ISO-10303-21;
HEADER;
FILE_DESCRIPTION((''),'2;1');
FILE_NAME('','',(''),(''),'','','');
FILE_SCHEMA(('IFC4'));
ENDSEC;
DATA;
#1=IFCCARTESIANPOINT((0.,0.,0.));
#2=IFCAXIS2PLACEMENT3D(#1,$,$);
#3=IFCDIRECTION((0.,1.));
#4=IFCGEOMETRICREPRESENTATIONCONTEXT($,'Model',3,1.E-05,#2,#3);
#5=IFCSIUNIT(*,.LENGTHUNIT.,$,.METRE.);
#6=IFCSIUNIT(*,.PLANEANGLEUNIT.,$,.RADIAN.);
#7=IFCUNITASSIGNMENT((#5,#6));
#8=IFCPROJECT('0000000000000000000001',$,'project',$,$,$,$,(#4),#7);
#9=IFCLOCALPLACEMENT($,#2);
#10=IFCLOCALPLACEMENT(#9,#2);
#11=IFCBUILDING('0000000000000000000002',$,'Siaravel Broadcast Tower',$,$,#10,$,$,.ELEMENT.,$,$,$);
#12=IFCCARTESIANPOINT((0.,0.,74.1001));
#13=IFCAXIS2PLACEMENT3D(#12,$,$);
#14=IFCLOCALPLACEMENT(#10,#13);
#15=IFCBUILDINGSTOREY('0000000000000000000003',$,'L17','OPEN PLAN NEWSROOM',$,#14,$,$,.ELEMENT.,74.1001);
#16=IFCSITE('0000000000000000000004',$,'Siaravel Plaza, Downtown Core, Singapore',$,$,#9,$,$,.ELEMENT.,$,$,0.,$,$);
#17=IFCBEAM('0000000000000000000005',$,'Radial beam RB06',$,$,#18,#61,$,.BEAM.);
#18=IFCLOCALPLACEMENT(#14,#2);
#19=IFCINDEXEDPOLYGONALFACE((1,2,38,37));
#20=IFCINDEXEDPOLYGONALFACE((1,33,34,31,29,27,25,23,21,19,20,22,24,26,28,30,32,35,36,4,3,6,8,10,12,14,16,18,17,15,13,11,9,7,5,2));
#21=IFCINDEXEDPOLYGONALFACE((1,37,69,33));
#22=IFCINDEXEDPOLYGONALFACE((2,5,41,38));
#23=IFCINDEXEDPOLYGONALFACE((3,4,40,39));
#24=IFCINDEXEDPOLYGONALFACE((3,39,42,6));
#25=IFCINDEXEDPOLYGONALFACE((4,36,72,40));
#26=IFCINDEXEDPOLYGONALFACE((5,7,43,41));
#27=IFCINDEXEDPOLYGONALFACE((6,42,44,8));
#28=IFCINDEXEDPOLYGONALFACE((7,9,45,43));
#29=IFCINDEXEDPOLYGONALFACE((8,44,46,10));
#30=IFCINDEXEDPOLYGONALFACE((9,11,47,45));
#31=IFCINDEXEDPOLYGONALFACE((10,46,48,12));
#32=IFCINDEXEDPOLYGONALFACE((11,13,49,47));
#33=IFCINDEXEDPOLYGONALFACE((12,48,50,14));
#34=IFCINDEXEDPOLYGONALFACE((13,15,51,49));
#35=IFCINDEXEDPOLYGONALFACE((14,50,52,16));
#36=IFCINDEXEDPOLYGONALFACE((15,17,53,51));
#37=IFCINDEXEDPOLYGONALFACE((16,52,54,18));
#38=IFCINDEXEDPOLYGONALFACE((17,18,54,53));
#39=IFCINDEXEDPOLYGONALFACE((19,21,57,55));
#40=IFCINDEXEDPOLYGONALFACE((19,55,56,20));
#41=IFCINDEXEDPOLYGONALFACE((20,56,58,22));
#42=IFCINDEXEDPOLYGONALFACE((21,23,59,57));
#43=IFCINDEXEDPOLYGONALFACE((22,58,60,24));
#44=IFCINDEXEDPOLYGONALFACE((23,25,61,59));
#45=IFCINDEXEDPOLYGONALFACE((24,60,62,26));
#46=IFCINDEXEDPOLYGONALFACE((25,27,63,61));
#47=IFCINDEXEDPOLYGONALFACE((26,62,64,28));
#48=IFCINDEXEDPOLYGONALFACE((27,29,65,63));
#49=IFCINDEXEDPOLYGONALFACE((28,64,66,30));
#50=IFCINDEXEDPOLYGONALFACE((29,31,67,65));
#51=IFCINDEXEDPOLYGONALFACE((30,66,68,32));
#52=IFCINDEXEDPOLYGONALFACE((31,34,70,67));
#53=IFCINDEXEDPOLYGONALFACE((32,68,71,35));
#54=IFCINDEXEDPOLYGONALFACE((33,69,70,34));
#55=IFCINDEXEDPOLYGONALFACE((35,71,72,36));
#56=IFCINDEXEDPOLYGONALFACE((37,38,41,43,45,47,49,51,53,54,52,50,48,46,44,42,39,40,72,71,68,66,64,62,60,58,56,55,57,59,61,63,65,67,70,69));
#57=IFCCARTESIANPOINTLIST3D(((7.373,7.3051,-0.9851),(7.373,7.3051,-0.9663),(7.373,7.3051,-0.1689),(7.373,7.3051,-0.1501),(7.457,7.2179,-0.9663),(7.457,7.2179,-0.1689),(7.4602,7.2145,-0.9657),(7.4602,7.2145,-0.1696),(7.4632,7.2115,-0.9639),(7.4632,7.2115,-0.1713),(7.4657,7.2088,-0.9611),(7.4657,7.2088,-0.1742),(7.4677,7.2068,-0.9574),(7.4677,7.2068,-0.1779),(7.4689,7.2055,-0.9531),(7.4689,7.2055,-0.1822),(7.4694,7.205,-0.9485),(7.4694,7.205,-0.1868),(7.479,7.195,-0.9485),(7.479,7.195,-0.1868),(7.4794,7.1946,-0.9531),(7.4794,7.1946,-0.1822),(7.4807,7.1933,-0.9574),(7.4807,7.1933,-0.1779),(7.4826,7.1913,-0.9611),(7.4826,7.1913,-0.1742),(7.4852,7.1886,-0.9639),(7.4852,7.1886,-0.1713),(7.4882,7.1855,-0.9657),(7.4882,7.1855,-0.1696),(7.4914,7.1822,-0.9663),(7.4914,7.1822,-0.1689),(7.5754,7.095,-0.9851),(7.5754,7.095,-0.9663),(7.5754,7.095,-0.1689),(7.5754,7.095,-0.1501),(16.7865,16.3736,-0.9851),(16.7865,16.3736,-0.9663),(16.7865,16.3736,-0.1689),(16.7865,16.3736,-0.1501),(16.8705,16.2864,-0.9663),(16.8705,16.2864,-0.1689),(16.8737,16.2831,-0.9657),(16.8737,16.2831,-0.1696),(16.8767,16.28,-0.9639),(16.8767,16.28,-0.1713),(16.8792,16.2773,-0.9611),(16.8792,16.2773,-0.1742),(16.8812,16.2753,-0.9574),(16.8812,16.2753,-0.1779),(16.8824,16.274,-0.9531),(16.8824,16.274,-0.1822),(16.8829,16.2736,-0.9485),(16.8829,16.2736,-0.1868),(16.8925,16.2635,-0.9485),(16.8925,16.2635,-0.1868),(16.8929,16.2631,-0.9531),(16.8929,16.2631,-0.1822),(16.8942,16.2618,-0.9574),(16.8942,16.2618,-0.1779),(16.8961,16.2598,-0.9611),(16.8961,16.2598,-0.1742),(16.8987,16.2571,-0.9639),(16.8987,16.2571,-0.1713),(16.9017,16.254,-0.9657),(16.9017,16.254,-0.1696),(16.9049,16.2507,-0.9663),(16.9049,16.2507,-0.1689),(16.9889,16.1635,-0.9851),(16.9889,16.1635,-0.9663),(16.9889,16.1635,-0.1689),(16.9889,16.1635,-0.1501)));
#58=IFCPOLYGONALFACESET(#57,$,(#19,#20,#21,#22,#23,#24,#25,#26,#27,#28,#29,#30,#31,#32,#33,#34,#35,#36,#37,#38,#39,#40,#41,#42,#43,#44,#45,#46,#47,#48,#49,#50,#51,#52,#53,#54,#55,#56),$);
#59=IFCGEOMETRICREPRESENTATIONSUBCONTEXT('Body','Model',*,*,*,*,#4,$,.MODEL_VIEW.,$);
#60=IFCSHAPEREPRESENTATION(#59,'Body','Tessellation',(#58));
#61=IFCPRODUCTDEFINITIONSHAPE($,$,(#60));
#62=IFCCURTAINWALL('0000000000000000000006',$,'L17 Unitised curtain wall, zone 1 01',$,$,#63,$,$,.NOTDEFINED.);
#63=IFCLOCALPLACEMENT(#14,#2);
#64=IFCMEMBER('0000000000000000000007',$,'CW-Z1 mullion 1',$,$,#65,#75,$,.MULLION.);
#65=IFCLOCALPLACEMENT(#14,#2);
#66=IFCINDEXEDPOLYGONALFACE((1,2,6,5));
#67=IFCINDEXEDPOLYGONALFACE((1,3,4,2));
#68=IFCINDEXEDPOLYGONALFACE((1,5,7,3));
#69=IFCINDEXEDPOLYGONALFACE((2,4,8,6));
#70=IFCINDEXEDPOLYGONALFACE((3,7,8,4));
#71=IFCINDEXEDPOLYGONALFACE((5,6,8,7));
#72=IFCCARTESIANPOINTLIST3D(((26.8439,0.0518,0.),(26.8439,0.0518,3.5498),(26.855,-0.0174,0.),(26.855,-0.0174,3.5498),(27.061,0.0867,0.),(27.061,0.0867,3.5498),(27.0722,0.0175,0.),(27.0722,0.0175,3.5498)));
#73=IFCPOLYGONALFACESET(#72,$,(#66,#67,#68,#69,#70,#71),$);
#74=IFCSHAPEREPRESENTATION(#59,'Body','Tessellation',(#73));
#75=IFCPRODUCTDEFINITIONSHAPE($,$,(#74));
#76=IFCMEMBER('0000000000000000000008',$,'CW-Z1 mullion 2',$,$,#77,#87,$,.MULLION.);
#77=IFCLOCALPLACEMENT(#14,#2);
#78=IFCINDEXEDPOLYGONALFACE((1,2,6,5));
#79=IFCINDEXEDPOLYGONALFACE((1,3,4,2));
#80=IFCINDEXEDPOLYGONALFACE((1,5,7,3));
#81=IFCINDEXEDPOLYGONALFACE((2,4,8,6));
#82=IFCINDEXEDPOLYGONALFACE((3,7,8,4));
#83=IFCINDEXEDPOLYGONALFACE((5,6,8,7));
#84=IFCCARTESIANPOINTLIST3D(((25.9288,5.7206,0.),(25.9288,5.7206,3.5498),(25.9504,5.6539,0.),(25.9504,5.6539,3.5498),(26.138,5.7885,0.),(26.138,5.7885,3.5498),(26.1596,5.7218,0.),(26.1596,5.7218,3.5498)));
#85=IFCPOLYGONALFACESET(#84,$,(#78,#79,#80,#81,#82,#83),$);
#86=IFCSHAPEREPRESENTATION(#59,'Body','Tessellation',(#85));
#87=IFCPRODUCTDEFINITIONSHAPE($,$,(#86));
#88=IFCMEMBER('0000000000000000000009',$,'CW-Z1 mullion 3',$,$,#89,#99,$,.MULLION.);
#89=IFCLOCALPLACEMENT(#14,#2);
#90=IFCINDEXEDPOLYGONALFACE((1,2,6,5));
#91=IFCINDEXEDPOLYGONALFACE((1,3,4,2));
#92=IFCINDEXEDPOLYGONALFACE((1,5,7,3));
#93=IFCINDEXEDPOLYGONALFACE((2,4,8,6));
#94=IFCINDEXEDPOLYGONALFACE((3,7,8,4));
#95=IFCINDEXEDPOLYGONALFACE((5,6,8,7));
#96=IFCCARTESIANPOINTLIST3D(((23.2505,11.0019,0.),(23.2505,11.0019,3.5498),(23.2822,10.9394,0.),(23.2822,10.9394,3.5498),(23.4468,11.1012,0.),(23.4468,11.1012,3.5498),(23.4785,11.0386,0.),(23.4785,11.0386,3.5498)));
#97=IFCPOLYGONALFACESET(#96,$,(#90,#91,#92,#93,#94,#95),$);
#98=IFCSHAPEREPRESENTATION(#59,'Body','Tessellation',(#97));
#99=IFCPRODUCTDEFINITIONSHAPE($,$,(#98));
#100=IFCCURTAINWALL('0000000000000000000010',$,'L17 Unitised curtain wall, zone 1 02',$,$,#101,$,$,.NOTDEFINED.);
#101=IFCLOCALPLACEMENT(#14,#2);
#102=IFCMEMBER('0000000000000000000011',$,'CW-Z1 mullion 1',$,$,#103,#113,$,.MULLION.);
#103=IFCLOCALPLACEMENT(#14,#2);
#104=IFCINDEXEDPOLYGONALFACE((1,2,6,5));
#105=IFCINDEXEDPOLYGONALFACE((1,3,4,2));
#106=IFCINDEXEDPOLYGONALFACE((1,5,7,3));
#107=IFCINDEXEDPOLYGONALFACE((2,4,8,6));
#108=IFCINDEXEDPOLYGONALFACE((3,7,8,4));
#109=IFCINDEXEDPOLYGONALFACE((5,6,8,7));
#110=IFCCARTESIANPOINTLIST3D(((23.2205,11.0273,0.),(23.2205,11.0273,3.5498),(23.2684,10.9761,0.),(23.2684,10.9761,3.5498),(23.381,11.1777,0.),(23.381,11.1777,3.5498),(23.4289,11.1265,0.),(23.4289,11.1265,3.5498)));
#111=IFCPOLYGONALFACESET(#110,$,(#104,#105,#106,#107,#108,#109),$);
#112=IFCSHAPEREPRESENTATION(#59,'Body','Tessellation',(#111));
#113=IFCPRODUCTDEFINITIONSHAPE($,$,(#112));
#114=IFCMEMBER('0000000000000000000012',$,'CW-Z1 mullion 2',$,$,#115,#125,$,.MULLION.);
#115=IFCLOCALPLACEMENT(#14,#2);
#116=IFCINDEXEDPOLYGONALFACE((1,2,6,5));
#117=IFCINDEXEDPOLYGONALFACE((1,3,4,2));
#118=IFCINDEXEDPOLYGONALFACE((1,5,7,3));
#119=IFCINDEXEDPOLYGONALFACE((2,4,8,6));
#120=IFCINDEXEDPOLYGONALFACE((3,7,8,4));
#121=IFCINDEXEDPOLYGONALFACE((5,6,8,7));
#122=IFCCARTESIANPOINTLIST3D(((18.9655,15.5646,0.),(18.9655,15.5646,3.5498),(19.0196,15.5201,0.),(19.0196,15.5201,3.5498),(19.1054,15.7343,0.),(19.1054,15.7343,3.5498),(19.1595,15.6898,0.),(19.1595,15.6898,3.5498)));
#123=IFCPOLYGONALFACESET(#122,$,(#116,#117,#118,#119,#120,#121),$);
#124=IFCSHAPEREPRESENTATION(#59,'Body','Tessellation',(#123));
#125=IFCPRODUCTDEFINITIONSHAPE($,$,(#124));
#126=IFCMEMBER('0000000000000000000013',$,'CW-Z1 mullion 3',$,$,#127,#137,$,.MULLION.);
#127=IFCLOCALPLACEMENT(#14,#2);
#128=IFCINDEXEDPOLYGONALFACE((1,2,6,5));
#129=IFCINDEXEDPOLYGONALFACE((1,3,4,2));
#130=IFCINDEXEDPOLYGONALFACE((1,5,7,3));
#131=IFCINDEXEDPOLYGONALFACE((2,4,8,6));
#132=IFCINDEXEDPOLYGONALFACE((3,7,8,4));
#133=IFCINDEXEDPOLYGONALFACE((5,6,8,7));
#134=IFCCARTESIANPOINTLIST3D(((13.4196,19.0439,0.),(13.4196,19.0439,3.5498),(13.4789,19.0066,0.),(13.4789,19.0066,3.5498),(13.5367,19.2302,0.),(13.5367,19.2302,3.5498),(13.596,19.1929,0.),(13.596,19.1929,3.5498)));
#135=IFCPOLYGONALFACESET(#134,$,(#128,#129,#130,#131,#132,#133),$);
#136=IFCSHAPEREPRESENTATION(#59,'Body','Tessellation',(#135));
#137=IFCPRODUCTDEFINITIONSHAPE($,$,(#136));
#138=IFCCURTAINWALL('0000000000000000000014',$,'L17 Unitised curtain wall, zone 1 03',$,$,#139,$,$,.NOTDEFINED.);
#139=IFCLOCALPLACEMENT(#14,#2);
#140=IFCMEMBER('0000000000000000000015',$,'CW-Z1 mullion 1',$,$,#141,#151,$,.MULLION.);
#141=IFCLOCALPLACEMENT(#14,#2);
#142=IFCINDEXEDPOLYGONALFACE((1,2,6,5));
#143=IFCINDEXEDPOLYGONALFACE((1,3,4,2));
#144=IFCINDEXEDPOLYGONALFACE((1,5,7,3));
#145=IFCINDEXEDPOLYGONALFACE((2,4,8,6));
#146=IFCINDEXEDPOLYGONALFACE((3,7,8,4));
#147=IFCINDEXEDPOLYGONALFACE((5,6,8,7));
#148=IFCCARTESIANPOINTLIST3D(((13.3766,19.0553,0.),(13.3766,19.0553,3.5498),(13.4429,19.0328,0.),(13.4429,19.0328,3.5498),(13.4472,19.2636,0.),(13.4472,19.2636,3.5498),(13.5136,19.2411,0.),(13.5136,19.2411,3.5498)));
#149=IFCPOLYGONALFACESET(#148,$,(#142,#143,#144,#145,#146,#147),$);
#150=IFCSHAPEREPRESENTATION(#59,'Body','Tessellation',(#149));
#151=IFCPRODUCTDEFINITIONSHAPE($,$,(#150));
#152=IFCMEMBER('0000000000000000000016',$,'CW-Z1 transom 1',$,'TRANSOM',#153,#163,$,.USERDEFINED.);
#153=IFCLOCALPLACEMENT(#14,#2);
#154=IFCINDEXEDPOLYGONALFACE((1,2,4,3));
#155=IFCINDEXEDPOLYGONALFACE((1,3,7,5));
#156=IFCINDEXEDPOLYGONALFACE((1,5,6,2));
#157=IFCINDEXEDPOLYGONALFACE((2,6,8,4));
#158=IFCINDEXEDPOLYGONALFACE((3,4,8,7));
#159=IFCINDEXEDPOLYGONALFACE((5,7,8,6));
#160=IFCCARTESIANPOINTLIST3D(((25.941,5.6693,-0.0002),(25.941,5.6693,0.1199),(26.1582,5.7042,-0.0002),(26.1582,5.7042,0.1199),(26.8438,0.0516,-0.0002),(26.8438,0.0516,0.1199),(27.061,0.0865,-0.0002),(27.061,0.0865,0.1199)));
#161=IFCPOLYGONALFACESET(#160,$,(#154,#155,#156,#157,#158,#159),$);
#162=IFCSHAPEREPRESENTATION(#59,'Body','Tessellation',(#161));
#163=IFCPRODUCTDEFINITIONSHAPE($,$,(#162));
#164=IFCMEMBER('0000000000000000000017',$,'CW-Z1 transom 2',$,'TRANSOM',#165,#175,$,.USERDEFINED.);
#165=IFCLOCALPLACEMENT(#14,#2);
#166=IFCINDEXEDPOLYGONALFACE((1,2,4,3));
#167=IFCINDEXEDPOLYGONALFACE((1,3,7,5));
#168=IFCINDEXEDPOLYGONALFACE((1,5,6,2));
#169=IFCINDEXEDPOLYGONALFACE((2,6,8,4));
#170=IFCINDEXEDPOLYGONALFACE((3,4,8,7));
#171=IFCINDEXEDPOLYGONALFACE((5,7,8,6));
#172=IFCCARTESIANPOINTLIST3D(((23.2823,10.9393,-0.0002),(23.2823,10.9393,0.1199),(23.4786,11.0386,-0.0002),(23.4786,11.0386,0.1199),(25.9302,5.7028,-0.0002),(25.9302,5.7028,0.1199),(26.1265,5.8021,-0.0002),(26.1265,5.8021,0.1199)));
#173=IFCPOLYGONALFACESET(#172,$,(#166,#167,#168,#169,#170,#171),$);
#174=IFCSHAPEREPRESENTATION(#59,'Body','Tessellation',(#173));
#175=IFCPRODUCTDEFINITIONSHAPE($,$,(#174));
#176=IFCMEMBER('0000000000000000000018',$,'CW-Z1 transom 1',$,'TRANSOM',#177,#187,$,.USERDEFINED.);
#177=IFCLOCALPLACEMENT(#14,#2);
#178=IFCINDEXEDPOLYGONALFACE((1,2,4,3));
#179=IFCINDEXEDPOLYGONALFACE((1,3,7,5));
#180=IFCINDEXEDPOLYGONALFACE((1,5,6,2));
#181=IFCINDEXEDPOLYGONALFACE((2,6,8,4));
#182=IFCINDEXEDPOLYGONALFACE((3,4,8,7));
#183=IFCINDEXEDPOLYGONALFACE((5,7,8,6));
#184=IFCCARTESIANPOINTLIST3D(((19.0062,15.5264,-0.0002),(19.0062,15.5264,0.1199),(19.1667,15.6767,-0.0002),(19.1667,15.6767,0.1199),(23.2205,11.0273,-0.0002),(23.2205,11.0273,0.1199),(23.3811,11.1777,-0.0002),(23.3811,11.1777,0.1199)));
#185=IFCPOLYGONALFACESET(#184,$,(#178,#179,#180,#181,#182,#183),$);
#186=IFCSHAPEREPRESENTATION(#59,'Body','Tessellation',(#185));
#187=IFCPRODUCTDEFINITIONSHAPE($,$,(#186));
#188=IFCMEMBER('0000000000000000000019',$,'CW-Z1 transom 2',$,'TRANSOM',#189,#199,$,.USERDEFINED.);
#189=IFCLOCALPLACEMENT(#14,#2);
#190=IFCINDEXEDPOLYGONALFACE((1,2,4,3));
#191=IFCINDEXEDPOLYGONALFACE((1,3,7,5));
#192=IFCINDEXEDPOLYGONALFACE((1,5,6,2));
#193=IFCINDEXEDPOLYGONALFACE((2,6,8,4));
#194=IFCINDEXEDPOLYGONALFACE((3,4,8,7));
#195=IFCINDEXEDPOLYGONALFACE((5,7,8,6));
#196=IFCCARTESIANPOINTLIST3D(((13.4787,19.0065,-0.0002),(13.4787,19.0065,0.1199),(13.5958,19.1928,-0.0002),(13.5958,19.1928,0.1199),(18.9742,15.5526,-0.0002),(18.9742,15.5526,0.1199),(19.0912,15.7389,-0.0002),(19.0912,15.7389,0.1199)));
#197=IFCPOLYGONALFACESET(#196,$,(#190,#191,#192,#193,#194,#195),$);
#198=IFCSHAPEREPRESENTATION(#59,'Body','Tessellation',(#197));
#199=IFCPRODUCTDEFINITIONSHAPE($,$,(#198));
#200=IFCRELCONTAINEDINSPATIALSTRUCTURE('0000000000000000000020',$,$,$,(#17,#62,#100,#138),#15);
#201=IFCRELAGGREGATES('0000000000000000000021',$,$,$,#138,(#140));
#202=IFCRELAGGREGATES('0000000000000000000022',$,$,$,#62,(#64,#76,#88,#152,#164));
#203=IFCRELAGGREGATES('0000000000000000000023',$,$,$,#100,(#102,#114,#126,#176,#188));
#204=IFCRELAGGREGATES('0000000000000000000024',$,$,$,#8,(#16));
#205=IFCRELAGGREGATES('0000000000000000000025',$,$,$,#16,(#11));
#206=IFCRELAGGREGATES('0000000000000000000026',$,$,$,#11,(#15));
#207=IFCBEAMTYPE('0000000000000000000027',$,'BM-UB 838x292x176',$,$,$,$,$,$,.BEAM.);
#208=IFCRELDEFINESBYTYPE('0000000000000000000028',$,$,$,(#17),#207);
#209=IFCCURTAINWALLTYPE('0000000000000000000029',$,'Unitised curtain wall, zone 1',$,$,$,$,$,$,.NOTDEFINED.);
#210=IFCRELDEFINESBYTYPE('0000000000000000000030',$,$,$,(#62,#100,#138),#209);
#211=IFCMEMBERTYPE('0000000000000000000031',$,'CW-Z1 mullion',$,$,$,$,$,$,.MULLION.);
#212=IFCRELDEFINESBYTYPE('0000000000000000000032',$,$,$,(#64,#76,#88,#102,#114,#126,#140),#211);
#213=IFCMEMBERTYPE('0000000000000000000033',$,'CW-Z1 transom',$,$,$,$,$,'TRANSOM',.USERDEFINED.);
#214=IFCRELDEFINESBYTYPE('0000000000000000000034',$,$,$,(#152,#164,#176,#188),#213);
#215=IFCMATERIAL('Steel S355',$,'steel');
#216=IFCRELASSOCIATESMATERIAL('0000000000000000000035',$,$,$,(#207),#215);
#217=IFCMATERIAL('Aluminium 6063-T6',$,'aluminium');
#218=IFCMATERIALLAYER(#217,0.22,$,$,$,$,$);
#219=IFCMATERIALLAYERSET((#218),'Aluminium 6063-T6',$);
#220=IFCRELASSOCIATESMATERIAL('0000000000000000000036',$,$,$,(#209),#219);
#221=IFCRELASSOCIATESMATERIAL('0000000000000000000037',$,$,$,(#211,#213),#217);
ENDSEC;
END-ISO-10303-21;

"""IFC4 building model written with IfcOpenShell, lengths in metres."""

from ifc_helpers import new_model, si_unit, direction, frame, origin, origin_2d, place, context, subcontext, project, spatial, rectangle, i_section, extrude, material, layer, layer_set, material_profile, profile_set, type_object, element, aggregate, save


model = new_model("IFC4")

# Units and contexts
model_context = context("Model", 3, precision=1e-05, world=origin(), true_north=direction((0.0, 1.0)))
body_context = subcontext(model_context, "Body", "Model", "MODEL_VIEW")
ifc_project = project(units=[si_unit("LENGTHUNIT", "METRE"), si_unit("PLANEANGLEUNIT", "RADIAN")], contexts=[model_context])

# Site, building, storey
site_placement = place(None, origin())
site = spatial("IfcSite", under=ifc_project, at=site_placement, Name="Siaravel Plaza, Downtown Core, Singapore", CompositionType="ELEMENT", RefElevation=0.0)
building_placement = place(site_placement, origin())
building = spatial("IfcBuilding", under=site, at=building_placement, Name="Siaravel Broadcast Tower", CompositionType="ELEMENT")
storey_placement = place(building_placement, frame((0.0, 0.0, 74.1001)))
storey = spatial("IfcBuildingStorey", under=building, at=storey_placement, Name="L17", Description="OPEN PLAN NEWSROOM", CompositionType="ELEMENT", Elevation=74.1001)

# Beam
ifc_material_1 = material(Name="Steel S355", Category="steel")
ifc_material_profile_1 = material_profile(ifc_material_1, i_section(OverallWidth=0.2917, OverallDepth=0.835, WebThickness=0.0139, FlangeThickness=0.0188, FilletRadius=0.0178, at=origin_2d()))
ifc_profile_set_1 = profile_set([ifc_material_profile_1], Name="Steel S355")
beam_type = type_object("IfcBeamType", Name="BM-UB 838x292x176", PredefinedType="BEAM", material=ifc_profile_set_1)
beam_1_placement = place(storey_placement, frame((16.8877, 16.2686, -0.5676), z_axis=(-0.72018, -0.693788, 0.0), x_axis=(0.693788, -0.72018, 0.0)))
element("IfcBeam", 1, at=beam_1_placement, inside=storey, type_object=beam_type, Name="Radial beam RB06", PredefinedType="BEAM", context=body_context, shape_type="SweptSolid", body=[
    extrude(i_section(OverallWidth=0.2917, OverallDepth=0.835, WebThickness=0.0139, FlangeThickness=0.0188, FilletRadius=0.0178, at=origin_2d()), origin(), (0.0, 0.0, 1.0), 13.071),
])

# Curtain walls, members
ifc_material_2 = material(Name="Aluminium 6063-T6", Category="aluminium")
ifc_layer_1 = layer(ifc_material_2, 0.22)
ifc_layer_set_1 = layer_set([ifc_layer_1], Name="Aluminium 6063-T6")
curtain_wall_type = type_object("IfcCurtainWallType", Name="Unitised curtain wall, zone 1", PredefinedType="NOTDEFINED", material=ifc_layer_set_1)
curtain_wall_1_placement = place(storey_placement, origin())
curtain_wall_1 = element("IfcCurtainWall", 2, at=curtain_wall_1_placement, inside=storey, type_object=curtain_wall_type, Name="L17 Unitised curtain wall, zone 1 01", PredefinedType="NOTDEFINED")
ifc_material_profile_2 = material_profile(ifc_material_2, rectangle(XDim=0.22, YDim=0.0701, at=origin_2d()))
ifc_profile_set_2 = profile_set([ifc_material_profile_2], Name="Aluminium 6063-T6")
member_type_1 = type_object("IfcMemberType", Name="CW-Z1 mullion", PredefinedType="MULLION", material=ifc_profile_set_2)
member_1_placement = place(storey_placement, frame((26.958, 0.0347, 0.0), z_axis=(0.0, 0.0, 1.0), x_axis=(-0.987329, -0.158685, 0.0)))
member_1 = element("IfcMember", 3, at=member_1_placement, type_object=member_type_1, Name="CW-Z1 mullion 1", PredefinedType="MULLION", context=body_context, shape_type="SweptSolid", body=[
    extrude(rectangle(XDim=0.22, YDim=0.0701, at=origin_2d()), origin(), (0.0, 0.0, 1.0), 3.5498),
])
member_2_placement = place(storey_placement, frame((26.0442, 5.7212, 0.0), z_axis=(0.0, 0.0, 1.0), x_axis=(-0.951177, -0.308645, 0.0)))
member_2 = element("IfcMember", 4, at=member_2_placement, type_object=member_type_1, Name="CW-Z1 mullion 2", PredefinedType="MULLION", context=body_context, shape_type="SweptSolid", body=[
    extrude(rectangle(XDim=0.22, YDim=0.0701, at=origin_2d()), origin(), (0.0, 0.0, 1.0), 3.5498),
])
member_3_placement = place(storey_placement, frame((23.3645, 11.0203, 0.0), z_axis=(0.0, 0.0, 1.0), x_axis=(-0.892392, -0.451261, 0.0)))
member_3 = element("IfcMember", 5, at=member_3_placement, type_object=member_type_1, Name="CW-Z1 mullion 3", PredefinedType="MULLION", context=body_context, shape_type="SweptSolid", body=[
    extrude(rectangle(XDim=0.22, YDim=0.0701, at=origin_2d()), origin(), (0.0, 0.0, 1.0), 3.5498),
])
curtain_wall_2_placement = place(storey_placement, origin())
curtain_wall_2 = element("IfcCurtainWall", 6, at=curtain_wall_2_placement, inside=storey, type_object=curtain_wall_type, Name="L17 Unitised curtain wall, zone 1 02", PredefinedType="NOTDEFINED")
member_4_placement = place(storey_placement, frame((23.3247, 11.0769, 0.0), z_axis=(0.0, 0.0, 1.0), x_axis=(-0.729806, -0.683655, 0.0)))
member_4 = element("IfcMember", 7, at=member_4_placement, type_object=member_type_1, Name="CW-Z1 mullion 1", PredefinedType="MULLION", context=body_context, shape_type="SweptSolid", body=[
    extrude(rectangle(XDim=0.22, YDim=0.0701, at=origin_2d()), origin(), (0.0, 0.0, 1.0), 3.5498),
])
member_5_placement = place(storey_placement, frame((19.0625, 15.6272, 0.0), z_axis=(0.0, 0.0, 1.0), x_axis=(-0.636219, -0.771508, 0.0)))
member_5 = element("IfcMember", 8, at=member_5_placement, type_object=member_type_1, Name="CW-Z1 mullion 2", PredefinedType="MULLION", context=body_context, shape_type="SweptSolid", body=[
    extrude(rectangle(XDim=0.22, YDim=0.0701, at=origin_2d()), origin(), (0.0, 0.0, 1.0), 3.5498),
])
member_6_placement = place(storey_placement, frame((13.5078, 19.1184, 0.0), z_axis=(0.0, 0.0, 1.0), x_axis=(-0.53215, -0.84665, 0.0)))
member_6 = element("IfcMember", 9, at=member_6_placement, type_object=member_type_1, Name="CW-Z1 mullion 3", PredefinedType="MULLION", context=body_context, shape_type="SweptSolid", body=[
    extrude(rectangle(XDim=0.22, YDim=0.0701, at=origin_2d()), origin(), (0.0, 0.0, 1.0), 3.5498),
])

# Curtain wall, member
curtain_wall_3_placement = place(storey_placement, origin())
curtain_wall_3 = element("IfcCurtainWall", 10, at=curtain_wall_3_placement, inside=storey, type_object=curtain_wall_type, Name="L17 Unitised curtain wall, zone 1 03", PredefinedType="NOTDEFINED")
member_7_placement = place(storey_placement, frame((13.4451, 19.1482, 0.0), z_axis=(0.0, 0.0, 1.0), x_axis=(-0.321301, -0.946977, 0.0)))
member_7 = element("IfcMember", 11, at=member_7_placement, type_object=member_type_1, Name="CW-Z1 mullion 1", PredefinedType="MULLION", context=body_context, shape_type="SweptSolid", body=[
    extrude(rectangle(XDim=0.22, YDim=0.0701, at=origin_2d()), origin(), (0.0, 0.0, 1.0), 3.5498),
])

# Members
ifc_material_profile_3 = material_profile(ifc_material_2, rectangle(XDim=0.22, YDim=0.1201, at=origin_2d()))
ifc_profile_set_3 = profile_set([ifc_material_profile_3], Name="Aluminium 6063-T6")
member_type_2 = type_object("IfcMemberType", Name="CW-Z1 transom", ElementType="TRANSOM", PredefinedType="USERDEFINED", material=ifc_profile_set_3)
member_8_placement = place(storey_placement, frame((26.9524, 0.0691, 0.0598), z_axis=(-0.158677, 0.987331, 0.0), x_axis=(-0.987331, -0.158677, 0.0)))
member_8 = element("IfcMember", 12, at=member_8_placement, type_object=member_type_2, Name="CW-Z1 transom 1", ObjectType="TRANSOM", PredefinedType="USERDEFINED", context=body_context, shape_type="SweptSolid", body=[
    extrude(rectangle(XDim=0.22, YDim=0.1201, at=origin_2d()), origin(), (0.0, 0.0, 1.0), 5.6897),
])
member_9_placement = place(storey_placement, frame((26.0283, 5.7524, 0.0598), z_axis=(-0.451253, 0.892396, 0.0), x_axis=(-0.892396, -0.451253, 0.0)))
member_9 = element("IfcMember", 13, at=member_9_placement, type_object=member_type_2, Name="CW-Z1 transom 2", ObjectType="TRANSOM", PredefinedType="USERDEFINED", context=body_context, shape_type="SweptSolid", body=[
    extrude(rectangle(XDim=0.22, YDim=0.1201, at=origin_2d()), origin(), (0.0, 0.0, 1.0), 5.8679),
])
member_10_placement = place(storey_placement, frame((23.3008, 11.1025, 0.0598), z_axis=(-0.683641, 0.729819, 0.0), x_axis=(-0.729819, -0.683641, 0.0)))
member_10 = element("IfcMember", 14, at=member_10_placement, type_object=member_type_2, Name="CW-Z1 transom 1", ObjectType="TRANSOM", PredefinedType="USERDEFINED", context=body_context, shape_type="SweptSolid", body=[
    extrude(rectangle(XDim=0.22, YDim=0.1201, at=origin_2d()), origin(), (0.0, 0.0, 1.0), 6.1646),
])
member_11_placement = place(storey_placement, frame((19.0327, 15.6458, 0.0598), z_axis=(-0.846662, 0.532131, 0.0), x_axis=(-0.532131, -0.846662, 0.0)))
member_11 = element("IfcMember", 15, at=member_11_placement, type_object=member_type_2, Name="CW-Z1 transom 2", ObjectType="TRANSOM", PredefinedType="USERDEFINED", context=body_context, shape_type="SweptSolid", body=[
    extrude(rectangle(XDim=0.22, YDim=0.1201, at=origin_2d()), origin(), (0.0, 0.0, 1.0), 6.4907),
])
aggregate(curtain_wall_3, [member_7])

aggregate(curtain_wall_1, [member_1, member_2, member_3, member_8, member_9])
aggregate(curtain_wall_2, [member_4, member_5, member_6, member_10, member_11])

save(model, "model.ifc")
